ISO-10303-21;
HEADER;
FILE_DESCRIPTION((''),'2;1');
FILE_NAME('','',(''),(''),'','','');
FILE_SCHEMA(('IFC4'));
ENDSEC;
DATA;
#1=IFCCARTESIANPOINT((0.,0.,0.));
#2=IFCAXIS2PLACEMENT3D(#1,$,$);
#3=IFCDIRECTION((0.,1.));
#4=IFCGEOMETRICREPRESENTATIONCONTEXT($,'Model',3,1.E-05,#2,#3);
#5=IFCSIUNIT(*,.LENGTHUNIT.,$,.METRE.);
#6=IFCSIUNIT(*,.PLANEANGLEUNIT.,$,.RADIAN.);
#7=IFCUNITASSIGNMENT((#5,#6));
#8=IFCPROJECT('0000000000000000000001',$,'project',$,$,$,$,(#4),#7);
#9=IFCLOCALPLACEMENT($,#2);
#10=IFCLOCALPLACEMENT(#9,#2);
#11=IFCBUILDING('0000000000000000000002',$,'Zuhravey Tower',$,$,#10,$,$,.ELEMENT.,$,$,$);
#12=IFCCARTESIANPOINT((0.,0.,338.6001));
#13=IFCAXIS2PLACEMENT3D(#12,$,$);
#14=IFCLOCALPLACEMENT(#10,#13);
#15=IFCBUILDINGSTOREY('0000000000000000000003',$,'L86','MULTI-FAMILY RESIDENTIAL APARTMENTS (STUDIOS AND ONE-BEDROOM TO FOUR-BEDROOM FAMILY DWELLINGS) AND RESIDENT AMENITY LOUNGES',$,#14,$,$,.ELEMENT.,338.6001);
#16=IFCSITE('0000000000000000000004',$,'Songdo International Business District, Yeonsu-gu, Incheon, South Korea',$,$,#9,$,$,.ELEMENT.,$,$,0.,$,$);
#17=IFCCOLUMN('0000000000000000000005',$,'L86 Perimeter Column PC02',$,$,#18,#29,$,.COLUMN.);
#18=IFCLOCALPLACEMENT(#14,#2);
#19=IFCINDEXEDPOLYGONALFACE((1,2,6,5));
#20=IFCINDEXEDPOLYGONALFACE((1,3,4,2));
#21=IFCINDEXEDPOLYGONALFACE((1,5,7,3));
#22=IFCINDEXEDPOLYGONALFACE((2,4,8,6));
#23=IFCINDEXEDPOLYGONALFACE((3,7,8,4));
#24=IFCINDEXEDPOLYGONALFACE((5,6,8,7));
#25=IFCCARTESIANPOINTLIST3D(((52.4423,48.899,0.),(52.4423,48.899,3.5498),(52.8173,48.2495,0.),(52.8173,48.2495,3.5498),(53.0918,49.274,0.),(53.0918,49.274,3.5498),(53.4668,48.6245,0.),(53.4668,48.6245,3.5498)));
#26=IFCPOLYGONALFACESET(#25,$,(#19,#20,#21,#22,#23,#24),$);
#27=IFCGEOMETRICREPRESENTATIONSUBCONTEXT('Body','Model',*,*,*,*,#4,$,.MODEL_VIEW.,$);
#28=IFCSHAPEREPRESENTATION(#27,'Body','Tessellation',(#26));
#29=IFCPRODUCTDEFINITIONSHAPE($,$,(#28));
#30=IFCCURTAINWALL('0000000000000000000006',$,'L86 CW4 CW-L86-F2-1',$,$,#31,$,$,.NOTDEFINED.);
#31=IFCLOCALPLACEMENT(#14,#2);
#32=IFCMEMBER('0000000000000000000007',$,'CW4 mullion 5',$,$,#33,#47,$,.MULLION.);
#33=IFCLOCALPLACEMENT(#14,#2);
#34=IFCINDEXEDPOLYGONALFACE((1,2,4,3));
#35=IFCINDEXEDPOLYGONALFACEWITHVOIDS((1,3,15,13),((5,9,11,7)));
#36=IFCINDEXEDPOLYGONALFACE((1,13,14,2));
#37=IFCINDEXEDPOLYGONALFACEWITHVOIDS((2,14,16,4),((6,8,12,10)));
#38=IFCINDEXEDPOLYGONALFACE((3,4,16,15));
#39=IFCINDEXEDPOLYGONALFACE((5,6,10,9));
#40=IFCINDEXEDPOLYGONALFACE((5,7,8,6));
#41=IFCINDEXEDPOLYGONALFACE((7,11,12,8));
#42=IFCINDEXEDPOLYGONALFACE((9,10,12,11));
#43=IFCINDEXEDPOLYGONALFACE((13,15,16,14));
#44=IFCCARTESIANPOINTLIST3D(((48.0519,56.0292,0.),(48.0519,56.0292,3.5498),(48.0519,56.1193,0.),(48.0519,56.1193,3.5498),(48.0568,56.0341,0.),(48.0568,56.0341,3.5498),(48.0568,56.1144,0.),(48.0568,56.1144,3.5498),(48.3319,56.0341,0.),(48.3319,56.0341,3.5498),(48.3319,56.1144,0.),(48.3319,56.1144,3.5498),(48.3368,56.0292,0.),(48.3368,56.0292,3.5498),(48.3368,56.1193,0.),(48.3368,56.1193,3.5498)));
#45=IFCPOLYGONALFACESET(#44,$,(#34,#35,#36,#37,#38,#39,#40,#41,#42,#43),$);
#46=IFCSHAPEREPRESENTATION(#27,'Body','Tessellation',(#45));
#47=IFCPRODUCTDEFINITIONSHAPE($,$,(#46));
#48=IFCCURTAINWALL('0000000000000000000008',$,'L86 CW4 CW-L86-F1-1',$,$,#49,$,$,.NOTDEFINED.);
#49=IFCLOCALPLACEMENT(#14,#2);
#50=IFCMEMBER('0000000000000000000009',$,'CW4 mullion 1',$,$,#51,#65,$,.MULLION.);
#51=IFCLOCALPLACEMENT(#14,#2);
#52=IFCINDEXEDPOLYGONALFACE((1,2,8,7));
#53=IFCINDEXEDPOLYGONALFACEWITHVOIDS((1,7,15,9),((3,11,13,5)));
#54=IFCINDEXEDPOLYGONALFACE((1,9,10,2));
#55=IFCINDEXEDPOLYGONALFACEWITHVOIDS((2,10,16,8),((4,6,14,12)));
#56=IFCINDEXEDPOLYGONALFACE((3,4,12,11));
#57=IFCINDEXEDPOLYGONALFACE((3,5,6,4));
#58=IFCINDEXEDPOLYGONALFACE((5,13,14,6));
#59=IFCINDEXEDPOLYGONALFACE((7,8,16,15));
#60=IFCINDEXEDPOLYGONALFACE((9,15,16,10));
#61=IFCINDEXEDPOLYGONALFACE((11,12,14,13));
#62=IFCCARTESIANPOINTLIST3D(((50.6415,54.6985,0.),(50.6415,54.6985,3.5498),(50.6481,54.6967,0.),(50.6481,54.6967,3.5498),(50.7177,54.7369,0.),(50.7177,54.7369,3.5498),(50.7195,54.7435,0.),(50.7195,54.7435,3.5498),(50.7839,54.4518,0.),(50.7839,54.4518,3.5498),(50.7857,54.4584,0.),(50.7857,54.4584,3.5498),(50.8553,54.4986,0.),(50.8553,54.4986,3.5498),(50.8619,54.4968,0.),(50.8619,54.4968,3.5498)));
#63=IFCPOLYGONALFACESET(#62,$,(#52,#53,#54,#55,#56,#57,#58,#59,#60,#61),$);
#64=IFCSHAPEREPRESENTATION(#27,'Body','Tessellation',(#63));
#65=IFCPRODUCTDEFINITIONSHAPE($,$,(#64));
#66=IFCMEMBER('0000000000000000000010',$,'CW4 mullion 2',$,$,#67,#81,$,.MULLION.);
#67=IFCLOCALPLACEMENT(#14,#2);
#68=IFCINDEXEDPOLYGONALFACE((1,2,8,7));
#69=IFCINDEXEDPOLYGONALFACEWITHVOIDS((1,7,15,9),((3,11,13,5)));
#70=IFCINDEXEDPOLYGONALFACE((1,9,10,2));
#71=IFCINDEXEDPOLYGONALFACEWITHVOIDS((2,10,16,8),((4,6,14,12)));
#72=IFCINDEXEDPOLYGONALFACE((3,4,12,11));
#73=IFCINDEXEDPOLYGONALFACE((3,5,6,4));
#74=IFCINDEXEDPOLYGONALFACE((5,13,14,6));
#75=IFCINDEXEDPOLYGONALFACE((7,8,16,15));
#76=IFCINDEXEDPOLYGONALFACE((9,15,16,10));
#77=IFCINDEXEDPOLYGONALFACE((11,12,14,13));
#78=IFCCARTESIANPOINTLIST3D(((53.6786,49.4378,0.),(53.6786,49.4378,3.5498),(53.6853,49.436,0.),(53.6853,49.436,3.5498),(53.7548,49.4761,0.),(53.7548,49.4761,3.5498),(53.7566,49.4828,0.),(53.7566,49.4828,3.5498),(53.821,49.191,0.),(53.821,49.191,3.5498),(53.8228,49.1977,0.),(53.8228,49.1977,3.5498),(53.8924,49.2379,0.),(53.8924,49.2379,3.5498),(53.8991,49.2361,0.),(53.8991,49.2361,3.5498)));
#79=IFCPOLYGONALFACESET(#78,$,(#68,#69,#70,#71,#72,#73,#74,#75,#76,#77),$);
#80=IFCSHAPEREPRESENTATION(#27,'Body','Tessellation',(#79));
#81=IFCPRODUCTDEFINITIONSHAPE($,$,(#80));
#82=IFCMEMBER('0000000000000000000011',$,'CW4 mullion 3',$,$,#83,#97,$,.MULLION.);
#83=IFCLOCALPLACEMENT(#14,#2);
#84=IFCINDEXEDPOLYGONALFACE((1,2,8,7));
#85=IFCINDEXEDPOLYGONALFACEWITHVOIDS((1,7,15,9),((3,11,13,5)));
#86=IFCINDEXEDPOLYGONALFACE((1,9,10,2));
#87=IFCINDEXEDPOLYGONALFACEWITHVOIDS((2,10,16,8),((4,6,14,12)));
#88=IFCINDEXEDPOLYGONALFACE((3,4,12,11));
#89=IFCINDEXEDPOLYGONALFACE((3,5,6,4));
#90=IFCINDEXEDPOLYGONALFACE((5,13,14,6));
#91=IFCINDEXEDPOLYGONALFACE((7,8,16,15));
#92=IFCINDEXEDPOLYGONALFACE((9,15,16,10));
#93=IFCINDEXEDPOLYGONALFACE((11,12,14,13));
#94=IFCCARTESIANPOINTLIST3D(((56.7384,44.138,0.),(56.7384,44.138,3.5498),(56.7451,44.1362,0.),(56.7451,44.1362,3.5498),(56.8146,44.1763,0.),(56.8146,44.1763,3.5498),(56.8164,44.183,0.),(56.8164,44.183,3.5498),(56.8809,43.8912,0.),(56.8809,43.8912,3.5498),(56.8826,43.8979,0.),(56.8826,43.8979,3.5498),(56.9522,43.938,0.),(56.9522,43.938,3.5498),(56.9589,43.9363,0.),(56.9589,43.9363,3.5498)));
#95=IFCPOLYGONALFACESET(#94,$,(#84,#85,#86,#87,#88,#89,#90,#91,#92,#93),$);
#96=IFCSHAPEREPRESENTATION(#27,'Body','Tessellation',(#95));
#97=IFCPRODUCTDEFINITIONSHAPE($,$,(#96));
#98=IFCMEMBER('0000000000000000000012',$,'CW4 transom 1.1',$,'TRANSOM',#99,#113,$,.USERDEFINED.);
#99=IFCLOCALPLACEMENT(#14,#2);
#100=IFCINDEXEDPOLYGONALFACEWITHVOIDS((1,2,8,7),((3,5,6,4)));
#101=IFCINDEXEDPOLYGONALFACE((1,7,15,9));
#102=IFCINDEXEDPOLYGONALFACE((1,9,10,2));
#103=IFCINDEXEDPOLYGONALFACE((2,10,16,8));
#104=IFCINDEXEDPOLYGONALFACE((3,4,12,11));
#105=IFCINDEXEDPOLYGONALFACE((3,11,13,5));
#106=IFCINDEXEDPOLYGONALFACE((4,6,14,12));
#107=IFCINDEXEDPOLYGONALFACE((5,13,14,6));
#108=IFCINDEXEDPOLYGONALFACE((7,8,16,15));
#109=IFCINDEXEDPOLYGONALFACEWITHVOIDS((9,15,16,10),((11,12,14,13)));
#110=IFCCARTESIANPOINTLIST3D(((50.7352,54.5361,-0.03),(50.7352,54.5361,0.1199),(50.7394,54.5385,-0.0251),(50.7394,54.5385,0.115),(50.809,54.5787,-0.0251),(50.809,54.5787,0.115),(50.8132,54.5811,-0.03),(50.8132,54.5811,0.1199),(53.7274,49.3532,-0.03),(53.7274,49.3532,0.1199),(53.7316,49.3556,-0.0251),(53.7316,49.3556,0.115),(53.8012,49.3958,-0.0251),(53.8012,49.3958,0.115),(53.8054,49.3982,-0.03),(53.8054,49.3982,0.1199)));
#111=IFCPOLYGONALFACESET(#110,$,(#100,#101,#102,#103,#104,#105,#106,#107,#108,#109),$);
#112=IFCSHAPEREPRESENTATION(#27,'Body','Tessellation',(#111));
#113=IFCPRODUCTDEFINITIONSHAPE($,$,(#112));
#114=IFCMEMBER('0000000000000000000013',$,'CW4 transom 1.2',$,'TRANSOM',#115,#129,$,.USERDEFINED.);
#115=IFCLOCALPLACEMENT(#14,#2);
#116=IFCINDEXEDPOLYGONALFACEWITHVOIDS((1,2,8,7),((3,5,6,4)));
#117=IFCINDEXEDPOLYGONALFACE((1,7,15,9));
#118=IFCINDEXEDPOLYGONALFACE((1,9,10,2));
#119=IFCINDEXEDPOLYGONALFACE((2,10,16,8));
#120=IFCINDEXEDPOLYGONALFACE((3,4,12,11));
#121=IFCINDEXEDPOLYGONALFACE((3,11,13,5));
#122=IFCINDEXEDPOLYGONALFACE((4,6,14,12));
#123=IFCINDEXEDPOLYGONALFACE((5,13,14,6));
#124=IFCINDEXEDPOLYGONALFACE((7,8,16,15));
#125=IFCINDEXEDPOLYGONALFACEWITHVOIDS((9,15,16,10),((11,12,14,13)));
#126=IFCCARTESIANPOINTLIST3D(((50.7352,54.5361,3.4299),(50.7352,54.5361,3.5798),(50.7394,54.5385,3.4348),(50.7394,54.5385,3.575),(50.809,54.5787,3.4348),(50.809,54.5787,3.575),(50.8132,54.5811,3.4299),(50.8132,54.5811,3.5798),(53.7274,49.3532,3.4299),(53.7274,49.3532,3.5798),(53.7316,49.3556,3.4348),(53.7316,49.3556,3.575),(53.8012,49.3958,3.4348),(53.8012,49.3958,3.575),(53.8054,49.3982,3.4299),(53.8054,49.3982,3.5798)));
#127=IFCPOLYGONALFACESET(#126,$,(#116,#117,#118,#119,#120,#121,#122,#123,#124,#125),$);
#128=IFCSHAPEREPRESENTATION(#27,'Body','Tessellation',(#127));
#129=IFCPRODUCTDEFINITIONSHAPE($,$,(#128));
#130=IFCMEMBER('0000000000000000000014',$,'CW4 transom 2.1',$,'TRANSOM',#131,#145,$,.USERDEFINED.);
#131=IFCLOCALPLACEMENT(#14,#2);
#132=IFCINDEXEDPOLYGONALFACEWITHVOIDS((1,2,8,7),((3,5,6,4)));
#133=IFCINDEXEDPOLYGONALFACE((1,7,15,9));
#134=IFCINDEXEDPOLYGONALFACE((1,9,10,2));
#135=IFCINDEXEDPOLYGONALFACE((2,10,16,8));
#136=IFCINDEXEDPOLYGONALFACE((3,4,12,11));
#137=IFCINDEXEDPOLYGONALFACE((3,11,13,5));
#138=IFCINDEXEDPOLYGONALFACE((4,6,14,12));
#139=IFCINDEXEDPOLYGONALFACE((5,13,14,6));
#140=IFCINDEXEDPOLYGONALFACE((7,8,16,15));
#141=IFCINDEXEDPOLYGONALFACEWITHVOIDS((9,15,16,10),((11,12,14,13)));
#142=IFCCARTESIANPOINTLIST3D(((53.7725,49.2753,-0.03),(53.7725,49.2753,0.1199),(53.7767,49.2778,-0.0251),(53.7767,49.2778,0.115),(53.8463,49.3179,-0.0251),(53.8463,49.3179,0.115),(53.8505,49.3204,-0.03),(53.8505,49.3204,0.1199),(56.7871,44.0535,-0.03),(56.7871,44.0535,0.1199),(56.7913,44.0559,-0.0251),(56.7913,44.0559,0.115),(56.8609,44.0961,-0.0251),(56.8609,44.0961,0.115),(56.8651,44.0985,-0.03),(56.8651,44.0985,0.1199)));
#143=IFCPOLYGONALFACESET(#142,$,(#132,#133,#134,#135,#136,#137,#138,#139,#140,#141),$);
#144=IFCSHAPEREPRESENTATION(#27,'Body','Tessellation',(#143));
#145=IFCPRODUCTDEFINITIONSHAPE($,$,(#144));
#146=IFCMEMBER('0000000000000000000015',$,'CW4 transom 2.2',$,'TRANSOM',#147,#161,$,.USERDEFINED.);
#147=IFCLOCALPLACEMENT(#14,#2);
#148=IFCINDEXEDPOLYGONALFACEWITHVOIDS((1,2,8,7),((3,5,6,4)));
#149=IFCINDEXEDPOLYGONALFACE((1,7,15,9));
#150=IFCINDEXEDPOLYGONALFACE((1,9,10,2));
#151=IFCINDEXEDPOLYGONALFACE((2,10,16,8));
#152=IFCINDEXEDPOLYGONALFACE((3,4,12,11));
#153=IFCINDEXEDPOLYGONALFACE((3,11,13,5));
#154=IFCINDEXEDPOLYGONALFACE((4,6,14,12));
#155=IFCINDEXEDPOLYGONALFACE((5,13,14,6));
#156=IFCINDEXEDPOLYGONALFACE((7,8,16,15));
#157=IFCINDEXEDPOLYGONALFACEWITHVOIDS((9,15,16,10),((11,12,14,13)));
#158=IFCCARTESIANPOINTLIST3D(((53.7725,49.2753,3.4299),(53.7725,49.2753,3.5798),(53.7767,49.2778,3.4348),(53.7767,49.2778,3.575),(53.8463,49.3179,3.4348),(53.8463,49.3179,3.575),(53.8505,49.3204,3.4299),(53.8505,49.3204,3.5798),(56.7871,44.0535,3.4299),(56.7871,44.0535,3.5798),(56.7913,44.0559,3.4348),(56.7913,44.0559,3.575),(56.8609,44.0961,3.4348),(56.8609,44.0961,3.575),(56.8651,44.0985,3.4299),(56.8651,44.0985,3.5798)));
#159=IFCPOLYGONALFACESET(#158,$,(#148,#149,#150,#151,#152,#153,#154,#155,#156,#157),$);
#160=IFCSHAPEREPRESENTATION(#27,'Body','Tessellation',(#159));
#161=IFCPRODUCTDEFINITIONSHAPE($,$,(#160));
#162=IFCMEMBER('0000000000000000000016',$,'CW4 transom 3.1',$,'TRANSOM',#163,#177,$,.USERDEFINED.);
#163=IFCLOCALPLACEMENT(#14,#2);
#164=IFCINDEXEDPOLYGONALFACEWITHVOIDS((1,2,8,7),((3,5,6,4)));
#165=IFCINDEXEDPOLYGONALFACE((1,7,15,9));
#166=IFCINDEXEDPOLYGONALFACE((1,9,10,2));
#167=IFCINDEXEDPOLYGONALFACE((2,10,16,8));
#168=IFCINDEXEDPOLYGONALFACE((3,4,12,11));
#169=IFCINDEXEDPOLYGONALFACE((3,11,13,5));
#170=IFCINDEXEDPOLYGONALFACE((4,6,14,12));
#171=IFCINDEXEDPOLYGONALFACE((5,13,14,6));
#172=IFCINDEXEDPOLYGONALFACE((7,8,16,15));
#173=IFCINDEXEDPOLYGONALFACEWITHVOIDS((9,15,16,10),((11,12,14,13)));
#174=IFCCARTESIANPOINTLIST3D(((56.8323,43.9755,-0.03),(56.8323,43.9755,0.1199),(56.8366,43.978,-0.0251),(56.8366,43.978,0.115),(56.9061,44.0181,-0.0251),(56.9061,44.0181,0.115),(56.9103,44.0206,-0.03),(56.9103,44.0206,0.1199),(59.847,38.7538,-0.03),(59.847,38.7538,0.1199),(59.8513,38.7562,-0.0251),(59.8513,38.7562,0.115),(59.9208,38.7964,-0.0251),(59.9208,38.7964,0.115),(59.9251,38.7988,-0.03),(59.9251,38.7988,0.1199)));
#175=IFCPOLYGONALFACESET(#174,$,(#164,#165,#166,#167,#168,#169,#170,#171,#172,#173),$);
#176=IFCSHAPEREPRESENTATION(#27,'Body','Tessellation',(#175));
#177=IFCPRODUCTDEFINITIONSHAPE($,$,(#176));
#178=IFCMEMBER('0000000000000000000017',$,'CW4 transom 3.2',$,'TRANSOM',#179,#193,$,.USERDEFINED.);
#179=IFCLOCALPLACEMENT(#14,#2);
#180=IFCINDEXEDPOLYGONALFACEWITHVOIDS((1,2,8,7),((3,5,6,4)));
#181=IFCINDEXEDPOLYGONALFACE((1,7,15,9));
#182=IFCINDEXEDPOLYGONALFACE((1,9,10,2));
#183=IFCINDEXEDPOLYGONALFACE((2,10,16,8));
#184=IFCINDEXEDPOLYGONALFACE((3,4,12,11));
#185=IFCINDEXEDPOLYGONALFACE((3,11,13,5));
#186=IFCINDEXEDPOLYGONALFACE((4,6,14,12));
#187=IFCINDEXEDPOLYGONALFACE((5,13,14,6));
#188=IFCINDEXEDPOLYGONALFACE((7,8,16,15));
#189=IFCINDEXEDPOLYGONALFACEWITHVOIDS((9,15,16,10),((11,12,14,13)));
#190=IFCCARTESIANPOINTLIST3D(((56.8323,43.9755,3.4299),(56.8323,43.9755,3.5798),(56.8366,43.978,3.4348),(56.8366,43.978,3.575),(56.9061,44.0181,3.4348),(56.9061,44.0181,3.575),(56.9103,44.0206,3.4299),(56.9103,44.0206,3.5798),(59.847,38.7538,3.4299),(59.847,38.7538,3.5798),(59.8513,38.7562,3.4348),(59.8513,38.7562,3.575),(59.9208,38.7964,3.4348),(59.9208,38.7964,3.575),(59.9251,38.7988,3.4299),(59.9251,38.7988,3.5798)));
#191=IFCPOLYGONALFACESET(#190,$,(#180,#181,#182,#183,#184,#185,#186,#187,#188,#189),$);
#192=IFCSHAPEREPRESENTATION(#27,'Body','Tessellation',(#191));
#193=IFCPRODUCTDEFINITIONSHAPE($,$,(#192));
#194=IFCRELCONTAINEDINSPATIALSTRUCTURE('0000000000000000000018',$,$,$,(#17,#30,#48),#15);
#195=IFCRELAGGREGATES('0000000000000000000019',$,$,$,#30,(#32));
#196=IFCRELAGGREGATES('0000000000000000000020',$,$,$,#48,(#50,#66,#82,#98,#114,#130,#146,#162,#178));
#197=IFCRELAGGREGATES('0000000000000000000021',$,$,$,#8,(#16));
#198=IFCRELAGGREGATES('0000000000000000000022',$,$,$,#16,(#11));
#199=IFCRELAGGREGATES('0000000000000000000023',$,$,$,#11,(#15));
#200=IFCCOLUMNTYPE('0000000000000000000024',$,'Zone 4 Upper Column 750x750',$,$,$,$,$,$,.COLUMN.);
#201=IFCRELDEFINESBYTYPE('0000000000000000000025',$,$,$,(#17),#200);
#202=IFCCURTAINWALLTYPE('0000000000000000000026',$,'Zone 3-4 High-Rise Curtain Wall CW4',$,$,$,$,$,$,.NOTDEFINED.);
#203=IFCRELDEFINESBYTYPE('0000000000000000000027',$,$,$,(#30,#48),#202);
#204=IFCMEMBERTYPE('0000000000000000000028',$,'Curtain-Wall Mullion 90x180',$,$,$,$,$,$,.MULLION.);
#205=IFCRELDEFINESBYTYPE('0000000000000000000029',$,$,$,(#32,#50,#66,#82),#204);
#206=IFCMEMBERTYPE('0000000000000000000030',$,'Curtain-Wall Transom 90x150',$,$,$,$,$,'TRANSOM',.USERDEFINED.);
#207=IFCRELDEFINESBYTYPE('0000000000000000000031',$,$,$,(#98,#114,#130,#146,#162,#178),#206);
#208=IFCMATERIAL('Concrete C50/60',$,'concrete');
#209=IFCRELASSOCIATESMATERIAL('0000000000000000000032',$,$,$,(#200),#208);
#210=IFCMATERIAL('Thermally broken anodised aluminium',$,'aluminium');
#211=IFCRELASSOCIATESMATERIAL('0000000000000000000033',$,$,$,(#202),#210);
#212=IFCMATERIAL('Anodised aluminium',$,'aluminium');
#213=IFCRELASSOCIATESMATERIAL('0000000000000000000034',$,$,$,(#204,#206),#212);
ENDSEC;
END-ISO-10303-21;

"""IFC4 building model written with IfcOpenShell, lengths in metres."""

from ifc_helpers import new_model, si_unit, direction, frame, origin, origin_2d, place, context, subcontext, project, spatial, rectangle, hollow_rectangle, extrude, material, material_profile, profile_set, type_object, element, aggregate, save


model = new_model("IFC4")

# Units and contexts
model_context = context("Model", 3, precision=1e-05, world=origin(), true_north=direction((0.0, 1.0)))
body_context = subcontext(model_context, "Body", "Model", "MODEL_VIEW")
ifc_project = project(units=[si_unit("LENGTHUNIT", "METRE"), si_unit("PLANEANGLEUNIT", "RADIAN")], contexts=[model_context])

# Site, building, storey
site_placement = place(None, origin())
site = spatial("IfcSite", under=ifc_project, at=site_placement, Name="Songdo International Business District, Yeonsu-gu, Incheon, South Korea", CompositionType="ELEMENT", RefElevation=0.0)
building_placement = place(site_placement, origin())
building = spatial("IfcBuilding", under=site, at=building_placement, Name="Zuhravey Tower", CompositionType="ELEMENT")
storey_placement = place(building_placement, frame((0.0, 0.0, 338.6001)))
storey = spatial("IfcBuildingStorey", under=building, at=storey_placement, Name="L86", Description="MULTI-FAMILY RESIDENTIAL APARTMENTS (STUDIOS AND ONE-BEDROOM TO FOUR-BEDROOM FAMILY DWELLINGS) AND RESIDENT AMENITY LOUNGES", CompositionType="ELEMENT", Elevation=338.6001)

# Column
ifc_material_1 = material(Name="Concrete C50/60", Category="concrete")
ifc_material_profile_1 = material_profile(ifc_material_1, rectangle(XDim=0.75, YDim=0.75, at=origin_2d()), Name="RC-750x750")
ifc_profile_set_1 = profile_set([ifc_material_profile_1], Name="Concrete C50/60")
column_type = type_object("IfcColumnType", Name="Zone 4 Upper Column 750x750", PredefinedType="COLUMN", material=ifc_profile_set_1)
column_placement = place(storey_placement, frame((52.9546, 48.7617, 0.0), z_axis=(0.0, 0.0, 1.0), x_axis=(-0.5, 0.866025, 0.0)))
element("IfcColumn", 1, at=column_placement, inside=storey, type_object=column_type, Name="L86 Perimeter Column PC02", PredefinedType="COLUMN", context=body_context, shape_type="SweptSolid", body=[
    extrude(rectangle(XDim=0.75, YDim=0.75, at=origin_2d()), origin(), (0.0, 0.0, 1.0), 3.5498),
])

# Curtain wall, member
ifc_material_2 = material(Name="Thermally broken anodised aluminium", Category="aluminium")
curtain_wall_type = type_object("IfcCurtainWallType", Name="Zone 3-4 High-Rise Curtain Wall CW4", PredefinedType="NOTDEFINED", material=ifc_material_2)
curtain_wall_1_placement = place(storey_placement, origin())
curtain_wall_1 = element("IfcCurtainWall", 2, at=curtain_wall_1_placement, inside=storey, type_object=curtain_wall_type, Name="L86 CW4 CW-L86-F2-1", PredefinedType="NOTDEFINED")
ifc_material_3 = material(Name="Anodised aluminium", Category="aluminium")
ifc_material_profile_2 = material_profile(ifc_material_3, hollow_rectangle(XDim=0.0901, YDim=0.2849, WallThickness=0.0049, at=origin_2d()), Name="ALU-RHS-90x285x5")
ifc_profile_set_2 = profile_set([ifc_material_profile_2], Name="Anodised aluminium")
member_type_1 = type_object("IfcMemberType", Name="Curtain-Wall Mullion 90x180", PredefinedType="MULLION", material=ifc_profile_set_2)
member_1_placement = place(storey_placement, frame((48.1943, 56.0742, 0.0), z_axis=(0.0, 0.0, 1.0), x_axis=(0.0, 1.0, 0.0)))
member_1 = element("IfcMember", 3, at=member_1_placement, type_object=member_type_1, Name="CW4 mullion 5", PredefinedType="MULLION", context=body_context, shape_type="SweptSolid", body=[
    extrude(hollow_rectangle(XDim=0.0901, YDim=0.2849, WallThickness=0.0049, at=origin_2d()), origin(), (0.0, 0.0, 1.0), 3.5498),
])
aggregate(curtain_wall_1, [member_1])

# Curtain wall, members
curtain_wall_2_placement = place(storey_placement, origin())
curtain_wall_2 = element("IfcCurtainWall", 4, at=curtain_wall_2_placement, inside=storey, type_object=curtain_wall_type, Name="L86 CW4 CW-L86-F1-1", PredefinedType="NOTDEFINED")
member_2_placement = place(storey_placement, frame((50.7517, 54.5977, 0.0), z_axis=(0.0, 0.0, 1.0), x_axis=(0.866026, 0.5, 0.0)))
member_2 = element("IfcMember", 5, at=member_2_placement, type_object=member_type_1, Name="CW4 mullion 1", PredefinedType="MULLION", context=body_context, shape_type="SweptSolid", body=[
    extrude(hollow_rectangle(XDim=0.0901, YDim=0.2849, WallThickness=0.0049, at=origin_2d()), origin(), (0.0, 0.0, 1.0), 3.5498),
])
member_3_placement = place(storey_placement, frame((53.7888, 49.3369, 0.0), z_axis=(0.0, 0.0, 1.0), x_axis=(0.866026, 0.5, 0.0)))
member_3 = element("IfcMember", 6, at=member_3_placement, type_object=member_type_1, Name="CW4 mullion 2", PredefinedType="MULLION", context=body_context, shape_type="SweptSolid", body=[
    extrude(hollow_rectangle(XDim=0.0901, YDim=0.2849, WallThickness=0.0049, at=origin_2d()), origin(), (0.0, 0.0, 1.0), 3.5498),
])
member_4_placement = place(storey_placement, frame((56.8486, 44.0371, 0.0), z_axis=(0.0, 0.0, 1.0), x_axis=(0.866026, 0.5, 0.0)))
member_4 = element("IfcMember", 7, at=member_4_placement, type_object=member_type_1, Name="CW4 mullion 3", PredefinedType="MULLION", context=body_context, shape_type="SweptSolid", body=[
    extrude(hollow_rectangle(XDim=0.0901, YDim=0.2849, WallThickness=0.0049, at=origin_2d()), origin(), (0.0, 0.0, 1.0), 3.5498),
])
ifc_material_profile_3 = material_profile(ifc_material_3, hollow_rectangle(XDim=0.0901, YDim=0.1499, WallThickness=0.0049, at=origin_2d()), Name="ALU-RHS-90x150x5")
ifc_profile_set_3 = profile_set([ifc_material_profile_3], Name="Anodised aluminium")
member_type_2 = type_object("IfcMemberType", Name="Curtain-Wall Transom 90x150", ElementType="TRANSOM", PredefinedType="USERDEFINED", material=ifc_profile_set_3)
member_5_placement = place(storey_placement, frame((50.7742, 54.5586, 0.0449), z_axis=(0.499983, -0.866035, 0.0), x_axis=(0.866035, 0.499983, 0.0)))
member_5 = element("IfcMember", 8, at=member_5_placement, type_object=member_type_2, Name="CW4 transom 1.1", ObjectType="TRANSOM", PredefinedType="USERDEFINED", context=body_context, shape_type="SweptSolid", body=[
    extrude(hollow_rectangle(XDim=0.0901, YDim=0.1499, WallThickness=0.0049, at=origin_2d()), origin(), (0.0, 0.0, 1.0), 5.9846),
])
member_6_placement = place(storey_placement, frame((50.7742, 54.5586, 3.5049), z_axis=(0.499983, -0.866035, 0.0), x_axis=(0.866035, 0.499983, 0.0)))
member_6 = element("IfcMember", 9, at=member_6_placement, type_object=member_type_2, Name="CW4 transom 1.2", ObjectType="TRANSOM", PredefinedType="USERDEFINED", context=body_context, shape_type="SweptSolid", body=[
    extrude(hollow_rectangle(XDim=0.0901, YDim=0.1499, WallThickness=0.0049, at=origin_2d()), origin(), (0.0, 0.0, 1.0), 5.9846),
])
member_7_placement = place(storey_placement, frame((53.8115, 49.2979, 0.0449), z_axis=(0.499971, -0.866042, 0.0), x_axis=(0.866042, 0.499971, 0.0)))
member_7 = element("IfcMember", 10, at=member_7_placement, type_object=member_type_2, Name="CW4 transom 2.1", ObjectType="TRANSOM", PredefinedType="USERDEFINED", context=body_context, shape_type="SweptSolid", body=[
    extrude(hollow_rectangle(XDim=0.0901, YDim=0.1499, WallThickness=0.0049, at=origin_2d()), origin(), (0.0, 0.0, 1.0), 6.0295),
])
member_8_placement = place(storey_placement, frame((53.8115, 49.2979, 3.5049), z_axis=(0.499971, -0.866042, 0.0), x_axis=(0.866042, 0.499971, 0.0)))
member_8 = element("IfcMember", 11, at=member_8_placement, type_object=member_type_2, Name="CW4 transom 2.2", ObjectType="TRANSOM", PredefinedType="USERDEFINED", context=body_context, shape_type="SweptSolid", body=[
    extrude(hollow_rectangle(XDim=0.0901, YDim=0.1499, WallThickness=0.0049, at=origin_2d()), origin(), (0.0, 0.0, 1.0), 6.0295),
])
member_9_placement = place(storey_placement, frame((56.8713, 43.998, 0.0449), z_axis=(0.499989, -0.866032, 0.0), x_axis=(0.866032, 0.499989, 0.0)))
member_9 = element("IfcMember", 12, at=member_9_placement, type_object=member_type_2, Name="CW4 transom 3.1", ObjectType="TRANSOM", PredefinedType="USERDEFINED", context=body_context, shape_type="SweptSolid", body=[
    extrude(hollow_rectangle(XDim=0.0901, YDim=0.1499, WallThickness=0.0049, at=origin_2d()), origin(), (0.0, 0.0, 1.0), 6.0295),
])
member_10_placement = place(storey_placement, frame((56.8713, 43.998, 3.5049), z_axis=(0.499989, -0.866032, 0.0), x_axis=(0.866032, 0.499989, 0.0)))
member_10 = element("IfcMember", 13, at=member_10_placement, type_object=member_type_2, Name="CW4 transom 3.2", ObjectType="TRANSOM", PredefinedType="USERDEFINED", context=body_context, shape_type="SweptSolid", body=[
    extrude(hollow_rectangle(XDim=0.0901, YDim=0.1499, WallThickness=0.0049, at=origin_2d()), origin(), (0.0, 0.0, 1.0), 6.0295),
])

aggregate(curtain_wall_2, [member_2, member_3, member_4, member_5, member_6, member_7, member_8, member_9, member_10])

save(model, "model.ifc")
